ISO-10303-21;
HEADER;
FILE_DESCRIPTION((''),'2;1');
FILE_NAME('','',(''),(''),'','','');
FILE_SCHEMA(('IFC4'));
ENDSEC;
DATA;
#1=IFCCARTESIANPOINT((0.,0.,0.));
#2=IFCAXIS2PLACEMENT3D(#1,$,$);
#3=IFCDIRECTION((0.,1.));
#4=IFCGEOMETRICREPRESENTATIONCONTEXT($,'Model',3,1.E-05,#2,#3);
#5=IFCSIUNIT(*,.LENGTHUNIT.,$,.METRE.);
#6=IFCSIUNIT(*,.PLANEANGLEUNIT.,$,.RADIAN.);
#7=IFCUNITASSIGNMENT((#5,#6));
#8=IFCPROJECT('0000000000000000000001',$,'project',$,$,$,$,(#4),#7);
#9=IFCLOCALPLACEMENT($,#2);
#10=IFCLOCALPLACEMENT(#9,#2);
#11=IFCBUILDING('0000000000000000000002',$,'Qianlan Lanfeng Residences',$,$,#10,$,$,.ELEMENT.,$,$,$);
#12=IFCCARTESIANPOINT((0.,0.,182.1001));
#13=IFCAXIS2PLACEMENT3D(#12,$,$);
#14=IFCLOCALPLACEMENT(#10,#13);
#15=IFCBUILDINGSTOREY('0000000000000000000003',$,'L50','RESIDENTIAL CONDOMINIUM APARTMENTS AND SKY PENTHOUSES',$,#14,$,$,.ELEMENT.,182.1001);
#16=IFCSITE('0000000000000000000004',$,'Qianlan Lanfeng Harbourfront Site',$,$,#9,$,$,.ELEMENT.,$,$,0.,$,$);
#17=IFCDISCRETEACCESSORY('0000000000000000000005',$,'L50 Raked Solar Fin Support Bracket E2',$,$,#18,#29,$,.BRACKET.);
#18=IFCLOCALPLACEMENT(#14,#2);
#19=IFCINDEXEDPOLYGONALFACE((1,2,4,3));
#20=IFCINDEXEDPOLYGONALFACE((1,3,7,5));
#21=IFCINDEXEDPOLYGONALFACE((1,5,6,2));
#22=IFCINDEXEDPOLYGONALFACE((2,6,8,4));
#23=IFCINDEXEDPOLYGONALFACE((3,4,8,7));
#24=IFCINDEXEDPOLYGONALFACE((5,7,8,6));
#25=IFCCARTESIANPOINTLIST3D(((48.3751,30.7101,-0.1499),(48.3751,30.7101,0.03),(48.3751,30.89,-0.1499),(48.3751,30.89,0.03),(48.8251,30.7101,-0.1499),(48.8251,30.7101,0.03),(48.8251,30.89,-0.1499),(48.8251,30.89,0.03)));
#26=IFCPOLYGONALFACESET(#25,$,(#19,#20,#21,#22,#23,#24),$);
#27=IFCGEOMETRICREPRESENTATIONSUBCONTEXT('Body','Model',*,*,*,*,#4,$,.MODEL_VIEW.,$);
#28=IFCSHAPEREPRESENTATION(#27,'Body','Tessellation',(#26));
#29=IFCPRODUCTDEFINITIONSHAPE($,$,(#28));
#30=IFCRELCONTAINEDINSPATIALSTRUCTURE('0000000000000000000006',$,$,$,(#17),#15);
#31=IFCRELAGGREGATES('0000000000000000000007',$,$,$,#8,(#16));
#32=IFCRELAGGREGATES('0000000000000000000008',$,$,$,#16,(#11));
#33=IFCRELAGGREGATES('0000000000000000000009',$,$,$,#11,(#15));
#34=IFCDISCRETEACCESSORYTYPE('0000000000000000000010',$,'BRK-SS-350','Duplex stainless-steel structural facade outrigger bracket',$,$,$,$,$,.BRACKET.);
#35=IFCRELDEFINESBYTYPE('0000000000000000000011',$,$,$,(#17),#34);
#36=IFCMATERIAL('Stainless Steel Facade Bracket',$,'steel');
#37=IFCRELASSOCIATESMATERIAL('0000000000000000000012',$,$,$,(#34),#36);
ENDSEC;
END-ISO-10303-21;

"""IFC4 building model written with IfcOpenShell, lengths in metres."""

from ifc_helpers import new_model, si_unit, direction, frame, origin, origin_2d, place, context, subcontext, project, spatial, rectangle, extrude, source, transform, mapped, material, type_object, element, save


model = new_model("IFC4")

# Units and contexts
model_context = context("Model", 3, precision=1e-05, world=origin(), true_north=direction((0.0, 1.0)))
body_context = subcontext(model_context, "Body", "Model", "MODEL_VIEW")
ifc_project = project(units=[si_unit("LENGTHUNIT", "METRE"), si_unit("PLANEANGLEUNIT", "RADIAN")], contexts=[model_context])

# Site, building, storey
site_placement = place(None, origin())
site = spatial("IfcSite", under=ifc_project, at=site_placement, Name="Qianlan Lanfeng Harbourfront Site", CompositionType="ELEMENT", RefElevation=0.0)
building_placement = place(site_placement, origin())
building = spatial("IfcBuilding", under=site, at=building_placement, Name="Qianlan Lanfeng Residences", CompositionType="ELEMENT")
storey_placement = place(building_placement, frame((0.0, 0.0, 182.1001)))
storey = spatial("IfcBuildingStorey", under=building, at=storey_placement, Name="L50", Description="RESIDENTIAL CONDOMINIUM APARTMENTS AND SKY PENTHOUSES", CompositionType="ELEMENT", Elevation=182.1001)

# Discrete accessory
ifc_material_1 = material(Name="Stainless Steel Facade Bracket", Category="steel")
discrete_accessory_type = type_object("IfcDiscreteAccessoryType", Name="BRK-SS-350", Description="Duplex stainless-steel structural facade outrigger bracket", PredefinedType="BRACKET", material=ifc_material_1)
shared_shape_1 = source(origin(), body_context, "Body", "SweptSolid", [
    extrude(rectangle(XDim=0.45, YDim=0.1799, at=origin_2d()), origin(), (0.0, 0.0, 1.0), 0.1799),
])
discrete_accessory_placement = place(storey_placement, frame((48.6001, 30.8, -0.1499), z_axis=(0.0, 0.0, 1.0), x_axis=(1.0, 0.0, 0.0)))
element("IfcDiscreteAccessory", 1, at=discrete_accessory_placement, inside=storey, type_object=discrete_accessory_type, Name="L50 Raked Solar Fin Support Bracket E2", PredefinedType="BRACKET", context=body_context, shape_type="MappedRepresentation", body=[
    mapped(shared_shape_1, transform((0.0, 0.0, 0.0), scale=1.0)),
])

save(model, "model.ifc")
